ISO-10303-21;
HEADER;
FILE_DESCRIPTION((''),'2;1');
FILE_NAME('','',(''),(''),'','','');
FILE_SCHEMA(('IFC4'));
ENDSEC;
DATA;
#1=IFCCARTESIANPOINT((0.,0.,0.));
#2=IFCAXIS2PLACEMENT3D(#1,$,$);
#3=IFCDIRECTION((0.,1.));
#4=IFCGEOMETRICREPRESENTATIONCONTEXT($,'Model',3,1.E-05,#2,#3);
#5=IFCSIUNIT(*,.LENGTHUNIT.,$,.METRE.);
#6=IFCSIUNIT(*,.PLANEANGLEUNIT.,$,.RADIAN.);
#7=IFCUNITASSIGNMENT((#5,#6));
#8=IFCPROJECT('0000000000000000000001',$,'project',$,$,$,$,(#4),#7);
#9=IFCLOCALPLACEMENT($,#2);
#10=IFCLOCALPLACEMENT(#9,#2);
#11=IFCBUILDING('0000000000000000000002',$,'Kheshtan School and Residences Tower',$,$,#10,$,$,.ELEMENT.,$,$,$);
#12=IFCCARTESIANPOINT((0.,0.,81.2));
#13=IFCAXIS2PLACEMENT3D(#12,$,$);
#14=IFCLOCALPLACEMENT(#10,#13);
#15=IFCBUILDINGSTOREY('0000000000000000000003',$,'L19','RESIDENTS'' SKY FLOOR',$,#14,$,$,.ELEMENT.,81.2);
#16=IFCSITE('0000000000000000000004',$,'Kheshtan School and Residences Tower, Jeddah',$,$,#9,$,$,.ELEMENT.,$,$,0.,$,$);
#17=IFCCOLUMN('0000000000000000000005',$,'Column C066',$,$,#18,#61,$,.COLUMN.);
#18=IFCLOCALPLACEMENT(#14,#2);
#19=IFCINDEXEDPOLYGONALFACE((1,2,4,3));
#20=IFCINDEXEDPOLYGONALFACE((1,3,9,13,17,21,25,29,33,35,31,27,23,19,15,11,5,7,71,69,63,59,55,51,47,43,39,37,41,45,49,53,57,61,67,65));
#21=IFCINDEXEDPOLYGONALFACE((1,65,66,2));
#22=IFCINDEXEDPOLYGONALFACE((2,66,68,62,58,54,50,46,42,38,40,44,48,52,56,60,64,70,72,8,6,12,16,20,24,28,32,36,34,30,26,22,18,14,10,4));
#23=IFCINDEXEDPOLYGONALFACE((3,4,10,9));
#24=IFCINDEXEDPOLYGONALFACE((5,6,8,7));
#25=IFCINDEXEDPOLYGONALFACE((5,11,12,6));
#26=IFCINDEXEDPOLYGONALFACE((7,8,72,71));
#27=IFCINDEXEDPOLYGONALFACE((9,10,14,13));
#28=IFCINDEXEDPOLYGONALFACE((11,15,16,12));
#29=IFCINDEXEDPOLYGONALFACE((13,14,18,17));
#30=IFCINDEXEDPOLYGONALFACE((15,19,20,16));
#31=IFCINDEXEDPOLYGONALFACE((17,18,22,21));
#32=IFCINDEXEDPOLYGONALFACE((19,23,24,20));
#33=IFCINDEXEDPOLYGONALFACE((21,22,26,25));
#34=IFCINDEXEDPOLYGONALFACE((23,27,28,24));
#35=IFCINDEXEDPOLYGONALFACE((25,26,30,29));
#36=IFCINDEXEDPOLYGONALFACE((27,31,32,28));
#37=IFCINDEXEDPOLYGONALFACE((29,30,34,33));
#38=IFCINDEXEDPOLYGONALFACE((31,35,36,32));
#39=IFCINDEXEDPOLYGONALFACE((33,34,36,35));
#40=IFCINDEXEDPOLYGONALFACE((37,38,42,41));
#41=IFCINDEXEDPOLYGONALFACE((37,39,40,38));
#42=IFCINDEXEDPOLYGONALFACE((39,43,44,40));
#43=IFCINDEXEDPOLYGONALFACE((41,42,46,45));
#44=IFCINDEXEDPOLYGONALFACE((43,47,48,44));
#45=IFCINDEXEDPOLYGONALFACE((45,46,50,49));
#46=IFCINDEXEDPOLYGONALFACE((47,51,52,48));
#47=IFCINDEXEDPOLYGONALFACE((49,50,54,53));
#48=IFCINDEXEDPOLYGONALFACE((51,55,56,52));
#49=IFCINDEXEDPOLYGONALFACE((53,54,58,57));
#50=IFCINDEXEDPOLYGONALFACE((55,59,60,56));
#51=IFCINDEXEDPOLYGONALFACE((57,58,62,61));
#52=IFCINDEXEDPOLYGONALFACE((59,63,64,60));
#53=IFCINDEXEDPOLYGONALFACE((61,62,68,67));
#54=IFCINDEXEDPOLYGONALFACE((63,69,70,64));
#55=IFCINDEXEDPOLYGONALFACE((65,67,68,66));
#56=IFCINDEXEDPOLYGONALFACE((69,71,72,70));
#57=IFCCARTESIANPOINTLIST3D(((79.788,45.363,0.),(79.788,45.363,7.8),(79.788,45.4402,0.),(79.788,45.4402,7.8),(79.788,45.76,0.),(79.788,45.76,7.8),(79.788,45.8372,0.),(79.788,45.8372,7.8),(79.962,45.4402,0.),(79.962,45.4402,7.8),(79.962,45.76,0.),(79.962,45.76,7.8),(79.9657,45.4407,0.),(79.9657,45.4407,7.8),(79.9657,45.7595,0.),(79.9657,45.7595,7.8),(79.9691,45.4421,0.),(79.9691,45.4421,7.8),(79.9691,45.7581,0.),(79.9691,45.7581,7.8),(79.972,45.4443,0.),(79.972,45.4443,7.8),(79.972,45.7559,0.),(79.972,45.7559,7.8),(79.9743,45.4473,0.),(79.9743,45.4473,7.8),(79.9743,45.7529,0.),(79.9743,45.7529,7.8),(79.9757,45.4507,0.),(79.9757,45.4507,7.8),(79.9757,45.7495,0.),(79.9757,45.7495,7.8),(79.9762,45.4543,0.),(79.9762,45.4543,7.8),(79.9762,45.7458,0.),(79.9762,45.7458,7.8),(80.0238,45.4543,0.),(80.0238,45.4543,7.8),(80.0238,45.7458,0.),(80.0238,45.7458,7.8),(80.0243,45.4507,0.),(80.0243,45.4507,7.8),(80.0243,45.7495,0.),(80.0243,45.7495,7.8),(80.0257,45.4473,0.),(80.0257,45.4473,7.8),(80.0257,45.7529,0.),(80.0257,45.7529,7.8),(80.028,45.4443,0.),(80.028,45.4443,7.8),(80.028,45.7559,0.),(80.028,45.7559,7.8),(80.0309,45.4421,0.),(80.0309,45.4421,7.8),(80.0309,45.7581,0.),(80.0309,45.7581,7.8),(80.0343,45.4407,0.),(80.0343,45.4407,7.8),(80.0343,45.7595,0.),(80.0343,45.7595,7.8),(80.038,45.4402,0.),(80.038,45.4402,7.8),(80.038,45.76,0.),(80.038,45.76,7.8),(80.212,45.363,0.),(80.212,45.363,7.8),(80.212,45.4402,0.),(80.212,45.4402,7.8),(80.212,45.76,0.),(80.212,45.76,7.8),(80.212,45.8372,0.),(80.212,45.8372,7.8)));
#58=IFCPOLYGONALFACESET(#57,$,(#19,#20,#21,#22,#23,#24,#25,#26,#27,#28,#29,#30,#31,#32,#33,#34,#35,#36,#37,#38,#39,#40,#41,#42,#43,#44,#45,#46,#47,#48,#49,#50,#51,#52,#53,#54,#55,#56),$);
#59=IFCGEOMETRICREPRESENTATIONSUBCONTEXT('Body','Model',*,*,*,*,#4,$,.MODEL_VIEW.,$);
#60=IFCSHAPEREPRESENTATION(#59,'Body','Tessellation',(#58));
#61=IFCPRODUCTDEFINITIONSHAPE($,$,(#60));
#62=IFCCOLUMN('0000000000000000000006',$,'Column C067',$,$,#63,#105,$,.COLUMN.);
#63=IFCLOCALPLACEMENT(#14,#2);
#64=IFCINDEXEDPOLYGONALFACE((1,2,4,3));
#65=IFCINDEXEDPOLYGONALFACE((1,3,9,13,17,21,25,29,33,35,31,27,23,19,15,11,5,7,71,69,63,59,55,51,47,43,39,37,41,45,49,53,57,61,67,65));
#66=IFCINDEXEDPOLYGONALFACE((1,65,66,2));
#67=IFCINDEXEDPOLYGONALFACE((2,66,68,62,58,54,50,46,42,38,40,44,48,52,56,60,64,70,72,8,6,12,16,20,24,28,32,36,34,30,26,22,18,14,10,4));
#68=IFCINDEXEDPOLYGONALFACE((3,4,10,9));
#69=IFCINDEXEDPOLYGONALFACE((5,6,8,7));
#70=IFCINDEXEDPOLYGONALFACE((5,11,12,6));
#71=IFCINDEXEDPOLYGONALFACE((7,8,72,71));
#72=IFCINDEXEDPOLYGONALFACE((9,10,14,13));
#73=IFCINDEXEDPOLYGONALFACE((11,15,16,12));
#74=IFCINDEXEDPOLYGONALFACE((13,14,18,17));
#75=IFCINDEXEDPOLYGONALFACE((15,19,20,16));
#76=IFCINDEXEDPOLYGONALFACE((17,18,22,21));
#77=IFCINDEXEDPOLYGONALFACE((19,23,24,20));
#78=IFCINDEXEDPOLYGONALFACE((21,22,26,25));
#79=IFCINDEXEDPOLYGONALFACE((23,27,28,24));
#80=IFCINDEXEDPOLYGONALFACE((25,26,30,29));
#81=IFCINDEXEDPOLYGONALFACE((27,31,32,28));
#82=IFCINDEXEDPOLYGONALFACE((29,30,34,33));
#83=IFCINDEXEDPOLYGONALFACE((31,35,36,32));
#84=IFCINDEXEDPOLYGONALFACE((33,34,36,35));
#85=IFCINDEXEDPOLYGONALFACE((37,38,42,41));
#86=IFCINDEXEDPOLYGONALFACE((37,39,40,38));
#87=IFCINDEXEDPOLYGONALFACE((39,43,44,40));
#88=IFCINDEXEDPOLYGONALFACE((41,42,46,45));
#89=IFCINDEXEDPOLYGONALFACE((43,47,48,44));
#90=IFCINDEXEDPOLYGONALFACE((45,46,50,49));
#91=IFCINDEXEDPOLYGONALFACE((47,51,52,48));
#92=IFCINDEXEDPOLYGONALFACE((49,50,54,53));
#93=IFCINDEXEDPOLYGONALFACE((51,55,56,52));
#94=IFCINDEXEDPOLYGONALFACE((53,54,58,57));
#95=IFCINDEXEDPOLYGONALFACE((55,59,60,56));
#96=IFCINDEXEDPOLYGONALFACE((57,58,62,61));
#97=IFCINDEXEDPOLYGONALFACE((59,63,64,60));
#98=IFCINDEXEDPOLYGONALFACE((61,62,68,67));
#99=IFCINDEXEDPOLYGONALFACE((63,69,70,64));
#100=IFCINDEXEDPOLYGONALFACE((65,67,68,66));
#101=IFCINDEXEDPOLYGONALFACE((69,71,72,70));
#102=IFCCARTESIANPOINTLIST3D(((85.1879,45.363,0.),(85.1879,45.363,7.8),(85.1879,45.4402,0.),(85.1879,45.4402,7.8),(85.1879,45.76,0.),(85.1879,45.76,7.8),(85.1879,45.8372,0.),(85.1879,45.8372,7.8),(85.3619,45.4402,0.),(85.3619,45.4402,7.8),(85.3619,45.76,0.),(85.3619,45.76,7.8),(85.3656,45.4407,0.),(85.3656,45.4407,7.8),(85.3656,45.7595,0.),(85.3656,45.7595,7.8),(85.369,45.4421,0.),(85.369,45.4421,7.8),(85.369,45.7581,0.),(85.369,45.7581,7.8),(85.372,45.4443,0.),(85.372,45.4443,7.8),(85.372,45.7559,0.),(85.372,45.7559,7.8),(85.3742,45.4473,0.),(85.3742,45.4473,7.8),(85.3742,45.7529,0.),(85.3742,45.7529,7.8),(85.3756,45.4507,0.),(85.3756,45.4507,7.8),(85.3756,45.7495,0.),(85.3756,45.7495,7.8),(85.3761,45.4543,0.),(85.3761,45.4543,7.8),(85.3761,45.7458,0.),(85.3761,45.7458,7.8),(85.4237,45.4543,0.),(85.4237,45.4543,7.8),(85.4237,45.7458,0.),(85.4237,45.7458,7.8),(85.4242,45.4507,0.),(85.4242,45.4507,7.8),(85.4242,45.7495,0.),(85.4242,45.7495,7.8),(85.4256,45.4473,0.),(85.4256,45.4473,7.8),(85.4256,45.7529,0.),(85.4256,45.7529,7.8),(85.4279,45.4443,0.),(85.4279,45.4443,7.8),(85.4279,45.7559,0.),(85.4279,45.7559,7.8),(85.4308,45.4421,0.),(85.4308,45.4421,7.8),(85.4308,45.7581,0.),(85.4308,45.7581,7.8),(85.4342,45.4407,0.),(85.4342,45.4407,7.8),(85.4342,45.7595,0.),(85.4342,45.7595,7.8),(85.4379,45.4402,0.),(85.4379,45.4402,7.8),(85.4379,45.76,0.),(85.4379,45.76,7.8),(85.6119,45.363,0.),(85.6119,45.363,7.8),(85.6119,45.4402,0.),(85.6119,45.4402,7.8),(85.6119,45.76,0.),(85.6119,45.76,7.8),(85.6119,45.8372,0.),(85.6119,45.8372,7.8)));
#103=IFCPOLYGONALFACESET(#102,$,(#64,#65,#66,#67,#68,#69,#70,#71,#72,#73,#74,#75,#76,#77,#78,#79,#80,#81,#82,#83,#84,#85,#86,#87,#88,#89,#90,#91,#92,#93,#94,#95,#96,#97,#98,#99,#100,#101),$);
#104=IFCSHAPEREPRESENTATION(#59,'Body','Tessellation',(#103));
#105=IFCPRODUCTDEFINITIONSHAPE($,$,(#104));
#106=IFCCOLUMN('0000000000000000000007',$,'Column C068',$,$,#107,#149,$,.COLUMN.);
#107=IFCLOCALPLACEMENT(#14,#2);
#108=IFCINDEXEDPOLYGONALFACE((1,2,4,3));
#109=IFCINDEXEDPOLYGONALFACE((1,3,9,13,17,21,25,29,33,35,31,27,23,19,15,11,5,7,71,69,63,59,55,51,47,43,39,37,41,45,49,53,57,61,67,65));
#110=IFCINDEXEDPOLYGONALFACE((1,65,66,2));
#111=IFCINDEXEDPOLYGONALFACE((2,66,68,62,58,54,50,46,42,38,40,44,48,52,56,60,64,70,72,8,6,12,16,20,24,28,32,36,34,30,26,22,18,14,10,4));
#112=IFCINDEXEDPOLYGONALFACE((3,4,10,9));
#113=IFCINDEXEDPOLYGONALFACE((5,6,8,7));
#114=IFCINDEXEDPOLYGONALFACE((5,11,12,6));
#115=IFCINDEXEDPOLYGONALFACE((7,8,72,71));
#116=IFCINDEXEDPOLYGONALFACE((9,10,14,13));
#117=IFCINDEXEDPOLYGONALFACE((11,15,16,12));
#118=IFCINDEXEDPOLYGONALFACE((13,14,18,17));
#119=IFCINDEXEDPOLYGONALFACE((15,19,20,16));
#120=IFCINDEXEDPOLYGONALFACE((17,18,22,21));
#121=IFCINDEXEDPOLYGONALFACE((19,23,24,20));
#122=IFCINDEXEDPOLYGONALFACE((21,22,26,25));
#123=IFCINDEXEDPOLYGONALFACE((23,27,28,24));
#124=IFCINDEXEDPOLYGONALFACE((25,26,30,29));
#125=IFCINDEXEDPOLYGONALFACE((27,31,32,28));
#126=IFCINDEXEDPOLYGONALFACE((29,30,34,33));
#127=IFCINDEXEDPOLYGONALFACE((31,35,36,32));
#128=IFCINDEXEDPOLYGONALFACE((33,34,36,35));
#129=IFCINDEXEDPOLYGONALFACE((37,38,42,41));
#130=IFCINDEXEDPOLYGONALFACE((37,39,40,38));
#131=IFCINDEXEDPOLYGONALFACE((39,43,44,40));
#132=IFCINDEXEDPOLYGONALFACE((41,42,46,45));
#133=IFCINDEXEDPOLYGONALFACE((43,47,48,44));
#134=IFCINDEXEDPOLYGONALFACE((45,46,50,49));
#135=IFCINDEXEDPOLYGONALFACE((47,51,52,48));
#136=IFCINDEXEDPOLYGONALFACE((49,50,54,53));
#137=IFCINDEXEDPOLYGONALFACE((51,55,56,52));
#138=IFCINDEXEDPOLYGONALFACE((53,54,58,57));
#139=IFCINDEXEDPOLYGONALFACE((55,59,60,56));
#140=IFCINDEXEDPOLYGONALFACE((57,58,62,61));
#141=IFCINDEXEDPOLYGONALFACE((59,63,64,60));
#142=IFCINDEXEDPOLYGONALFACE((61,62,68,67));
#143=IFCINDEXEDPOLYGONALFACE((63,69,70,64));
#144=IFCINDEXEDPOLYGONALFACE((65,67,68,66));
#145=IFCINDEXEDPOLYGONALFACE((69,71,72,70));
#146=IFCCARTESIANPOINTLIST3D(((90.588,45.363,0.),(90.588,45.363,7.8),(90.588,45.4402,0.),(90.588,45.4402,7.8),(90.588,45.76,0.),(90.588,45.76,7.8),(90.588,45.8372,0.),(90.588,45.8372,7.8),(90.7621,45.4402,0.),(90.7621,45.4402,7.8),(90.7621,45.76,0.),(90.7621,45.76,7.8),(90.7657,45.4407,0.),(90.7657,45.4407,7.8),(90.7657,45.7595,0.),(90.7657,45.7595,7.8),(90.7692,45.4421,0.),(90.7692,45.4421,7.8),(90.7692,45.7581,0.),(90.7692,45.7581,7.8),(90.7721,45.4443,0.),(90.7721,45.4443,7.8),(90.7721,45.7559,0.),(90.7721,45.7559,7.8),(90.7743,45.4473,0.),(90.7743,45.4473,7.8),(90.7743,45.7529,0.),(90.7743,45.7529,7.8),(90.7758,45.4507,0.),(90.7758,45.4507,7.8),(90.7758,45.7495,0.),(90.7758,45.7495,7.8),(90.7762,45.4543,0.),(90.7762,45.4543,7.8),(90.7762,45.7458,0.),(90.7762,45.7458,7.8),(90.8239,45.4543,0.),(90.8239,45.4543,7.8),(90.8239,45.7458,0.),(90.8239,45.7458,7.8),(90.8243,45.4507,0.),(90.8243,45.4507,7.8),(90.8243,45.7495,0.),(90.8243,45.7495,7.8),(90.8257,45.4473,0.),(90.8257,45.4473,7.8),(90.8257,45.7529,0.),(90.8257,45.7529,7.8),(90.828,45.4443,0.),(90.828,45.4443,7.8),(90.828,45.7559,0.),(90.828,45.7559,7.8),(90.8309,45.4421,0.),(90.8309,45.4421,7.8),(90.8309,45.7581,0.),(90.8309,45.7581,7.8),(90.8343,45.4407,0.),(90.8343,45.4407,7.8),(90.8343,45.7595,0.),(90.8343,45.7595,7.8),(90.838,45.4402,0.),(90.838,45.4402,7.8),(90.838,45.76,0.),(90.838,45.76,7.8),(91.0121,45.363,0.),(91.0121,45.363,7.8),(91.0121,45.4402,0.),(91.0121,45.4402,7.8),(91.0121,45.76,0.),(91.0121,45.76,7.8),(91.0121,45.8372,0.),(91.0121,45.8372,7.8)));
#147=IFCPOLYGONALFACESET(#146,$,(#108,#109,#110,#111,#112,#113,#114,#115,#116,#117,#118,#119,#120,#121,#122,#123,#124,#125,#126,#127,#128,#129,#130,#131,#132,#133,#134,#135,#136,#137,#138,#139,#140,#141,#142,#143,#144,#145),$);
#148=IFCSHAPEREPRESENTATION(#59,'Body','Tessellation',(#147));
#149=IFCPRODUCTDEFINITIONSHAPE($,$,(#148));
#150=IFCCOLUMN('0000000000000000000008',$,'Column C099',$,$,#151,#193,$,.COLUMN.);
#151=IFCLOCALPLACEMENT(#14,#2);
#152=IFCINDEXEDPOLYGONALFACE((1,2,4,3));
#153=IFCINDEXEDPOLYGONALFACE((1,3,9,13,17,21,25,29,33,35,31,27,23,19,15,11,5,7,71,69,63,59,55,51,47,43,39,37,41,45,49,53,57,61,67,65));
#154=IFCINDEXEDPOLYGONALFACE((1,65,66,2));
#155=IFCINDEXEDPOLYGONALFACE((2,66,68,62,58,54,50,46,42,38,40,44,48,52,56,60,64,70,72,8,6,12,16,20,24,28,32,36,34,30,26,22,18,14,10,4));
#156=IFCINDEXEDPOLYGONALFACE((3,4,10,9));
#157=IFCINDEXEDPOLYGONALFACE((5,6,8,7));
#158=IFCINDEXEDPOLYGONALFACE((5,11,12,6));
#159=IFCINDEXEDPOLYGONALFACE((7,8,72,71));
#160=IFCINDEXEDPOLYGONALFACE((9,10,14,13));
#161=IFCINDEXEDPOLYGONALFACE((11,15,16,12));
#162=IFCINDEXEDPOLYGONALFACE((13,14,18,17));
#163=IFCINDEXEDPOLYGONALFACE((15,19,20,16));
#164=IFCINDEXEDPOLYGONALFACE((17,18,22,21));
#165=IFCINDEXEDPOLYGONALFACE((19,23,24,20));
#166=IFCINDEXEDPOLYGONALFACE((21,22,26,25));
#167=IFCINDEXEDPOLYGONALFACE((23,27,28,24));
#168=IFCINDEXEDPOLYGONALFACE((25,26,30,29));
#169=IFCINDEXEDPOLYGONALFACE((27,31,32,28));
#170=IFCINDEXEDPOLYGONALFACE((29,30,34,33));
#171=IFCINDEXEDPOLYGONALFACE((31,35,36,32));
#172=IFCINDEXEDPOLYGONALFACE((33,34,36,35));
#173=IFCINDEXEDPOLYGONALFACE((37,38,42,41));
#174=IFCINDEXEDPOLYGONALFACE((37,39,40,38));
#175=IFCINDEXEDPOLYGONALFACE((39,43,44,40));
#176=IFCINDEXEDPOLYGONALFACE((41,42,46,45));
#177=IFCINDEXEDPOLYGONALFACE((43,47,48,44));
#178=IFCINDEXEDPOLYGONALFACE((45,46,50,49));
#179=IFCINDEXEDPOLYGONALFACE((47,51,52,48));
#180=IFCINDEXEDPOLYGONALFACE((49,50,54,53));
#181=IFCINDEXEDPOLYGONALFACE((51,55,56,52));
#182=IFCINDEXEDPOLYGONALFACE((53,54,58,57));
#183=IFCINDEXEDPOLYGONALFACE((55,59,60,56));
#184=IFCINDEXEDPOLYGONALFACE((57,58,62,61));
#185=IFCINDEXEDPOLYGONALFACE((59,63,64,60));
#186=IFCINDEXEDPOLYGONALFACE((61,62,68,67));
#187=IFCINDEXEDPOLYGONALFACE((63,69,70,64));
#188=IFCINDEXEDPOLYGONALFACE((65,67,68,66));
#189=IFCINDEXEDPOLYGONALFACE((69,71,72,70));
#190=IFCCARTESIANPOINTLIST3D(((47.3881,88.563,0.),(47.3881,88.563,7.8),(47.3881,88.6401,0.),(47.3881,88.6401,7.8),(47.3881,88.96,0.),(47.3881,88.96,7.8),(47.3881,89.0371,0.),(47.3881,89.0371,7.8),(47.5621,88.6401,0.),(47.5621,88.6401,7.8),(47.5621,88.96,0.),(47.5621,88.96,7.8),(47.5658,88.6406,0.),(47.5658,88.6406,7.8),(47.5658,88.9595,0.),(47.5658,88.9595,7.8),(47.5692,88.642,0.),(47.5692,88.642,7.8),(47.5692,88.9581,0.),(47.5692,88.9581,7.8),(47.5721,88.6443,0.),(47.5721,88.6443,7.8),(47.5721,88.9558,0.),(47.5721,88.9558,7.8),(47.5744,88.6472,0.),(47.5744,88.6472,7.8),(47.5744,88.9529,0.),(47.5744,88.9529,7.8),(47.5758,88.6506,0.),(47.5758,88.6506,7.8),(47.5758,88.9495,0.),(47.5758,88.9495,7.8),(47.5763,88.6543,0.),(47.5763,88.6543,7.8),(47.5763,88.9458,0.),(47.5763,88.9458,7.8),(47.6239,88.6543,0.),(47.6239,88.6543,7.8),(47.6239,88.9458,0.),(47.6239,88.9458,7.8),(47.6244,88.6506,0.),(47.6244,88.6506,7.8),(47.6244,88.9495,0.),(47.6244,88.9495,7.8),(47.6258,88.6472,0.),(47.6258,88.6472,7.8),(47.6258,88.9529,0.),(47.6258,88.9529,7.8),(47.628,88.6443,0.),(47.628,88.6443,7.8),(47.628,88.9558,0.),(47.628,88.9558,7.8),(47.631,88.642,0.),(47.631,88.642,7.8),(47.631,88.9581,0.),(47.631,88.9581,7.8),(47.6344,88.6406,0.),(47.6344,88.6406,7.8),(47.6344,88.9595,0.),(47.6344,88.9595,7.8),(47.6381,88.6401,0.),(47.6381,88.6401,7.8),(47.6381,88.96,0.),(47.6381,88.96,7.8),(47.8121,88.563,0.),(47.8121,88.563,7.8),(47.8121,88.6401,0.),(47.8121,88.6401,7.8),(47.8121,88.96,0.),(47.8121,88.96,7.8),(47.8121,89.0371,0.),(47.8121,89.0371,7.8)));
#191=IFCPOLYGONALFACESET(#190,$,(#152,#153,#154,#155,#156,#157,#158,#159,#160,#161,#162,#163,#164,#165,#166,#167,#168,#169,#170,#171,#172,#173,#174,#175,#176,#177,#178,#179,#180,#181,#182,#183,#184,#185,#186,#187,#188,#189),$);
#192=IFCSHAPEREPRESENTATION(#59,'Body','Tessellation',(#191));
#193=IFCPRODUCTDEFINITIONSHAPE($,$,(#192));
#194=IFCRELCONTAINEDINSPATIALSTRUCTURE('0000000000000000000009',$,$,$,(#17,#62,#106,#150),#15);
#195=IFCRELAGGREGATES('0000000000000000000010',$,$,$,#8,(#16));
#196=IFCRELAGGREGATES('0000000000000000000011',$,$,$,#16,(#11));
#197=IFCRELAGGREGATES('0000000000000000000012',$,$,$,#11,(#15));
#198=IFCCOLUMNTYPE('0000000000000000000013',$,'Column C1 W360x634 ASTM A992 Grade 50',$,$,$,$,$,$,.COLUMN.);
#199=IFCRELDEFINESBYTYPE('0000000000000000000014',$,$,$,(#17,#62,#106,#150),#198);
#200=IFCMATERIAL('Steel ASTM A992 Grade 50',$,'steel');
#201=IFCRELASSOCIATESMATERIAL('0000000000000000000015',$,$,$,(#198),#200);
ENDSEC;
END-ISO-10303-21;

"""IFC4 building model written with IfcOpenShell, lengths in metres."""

from ifc_helpers import new_model, si_unit, direction, frame, origin, origin_2d, place, context, subcontext, project, spatial, i_section, extrude, material, material_profile, profile_set, type_object, element, save


model = new_model("IFC4")

# Units and contexts
model_context = context("Model", 3, precision=1e-05, world=origin(), true_north=direction((0.0, 1.0)))
body_context = subcontext(model_context, "Body", "Model", "MODEL_VIEW")
ifc_project = project(units=[si_unit("LENGTHUNIT", "METRE"), si_unit("PLANEANGLEUNIT", "RADIAN")], contexts=[model_context])

# Site, building, storey
site_placement = place(None, origin())
site = spatial("IfcSite", under=ifc_project, at=site_placement, Name="Kheshtan School and Residences Tower, Jeddah", CompositionType="ELEMENT", RefElevation=0.0)
building_placement = place(site_placement, origin())
building = spatial("IfcBuilding", under=site, at=building_placement, Name="Kheshtan School and Residences Tower", CompositionType="ELEMENT")
storey_placement = place(building_placement, frame((0.0, 0.0, 81.2)))
storey = spatial("IfcBuildingStorey", under=building, at=storey_placement, Name="L19", Description="RESIDENTS' SKY FLOOR", CompositionType="ELEMENT", Elevation=81.2)

# Columns
ifc_material_1 = material(Name="Steel ASTM A992 Grade 50", Category="steel")
ifc_material_profile_1 = material_profile(ifc_material_1, i_section(OverallWidth=0.4241, OverallDepth=0.4741, WebThickness=0.0476, FlangeThickness=0.0771, FilletRadius=0.0142, at=origin_2d()), Name="W360x634")
ifc_profile_set_1 = profile_set([ifc_material_profile_1], Name="Steel ASTM A992 Grade 50")
column_type = type_object("IfcColumnType", Name="Column C1 W360x634 ASTM A992 Grade 50", PredefinedType="COLUMN", material=ifc_profile_set_1)
for number, where, z_axis, x_axis, name in (
    (1, (80.0, 45.6001, 0.0), (0.0, 0.0, 1.0), (1.0, 0.0, 0.0), "Column C066"),
    (2, (85.3999, 45.6001, 0.0), (0.0, 0.0, 1.0), (1.0, 0.0, 0.0), "Column C067"),
    (3, (90.8, 45.6001, 0.0), (0.0, 0.0, 1.0), (1.0, 0.0, 0.0), "Column C068"),
    (4, (47.6001, 88.8, 0.0), (0.0, 0.0, 1.0), (1.0, 0.0, 0.0), "Column C099"),
):
    element("IfcColumn", number, at=place(storey_placement, frame(where, z_axis=z_axis, x_axis=x_axis)), inside=storey, type_object=column_type, Name=name, PredefinedType="COLUMN", context=body_context, shape_type="SweptSolid", body=[
        extrude(i_section(OverallWidth=0.4241, OverallDepth=0.4741, WebThickness=0.0476, FlangeThickness=0.0771, FilletRadius=0.0142, at=origin_2d()), origin(), (0.0, 0.0, 1.0), 7.8),
    ])

save(model, "model.ifc")
